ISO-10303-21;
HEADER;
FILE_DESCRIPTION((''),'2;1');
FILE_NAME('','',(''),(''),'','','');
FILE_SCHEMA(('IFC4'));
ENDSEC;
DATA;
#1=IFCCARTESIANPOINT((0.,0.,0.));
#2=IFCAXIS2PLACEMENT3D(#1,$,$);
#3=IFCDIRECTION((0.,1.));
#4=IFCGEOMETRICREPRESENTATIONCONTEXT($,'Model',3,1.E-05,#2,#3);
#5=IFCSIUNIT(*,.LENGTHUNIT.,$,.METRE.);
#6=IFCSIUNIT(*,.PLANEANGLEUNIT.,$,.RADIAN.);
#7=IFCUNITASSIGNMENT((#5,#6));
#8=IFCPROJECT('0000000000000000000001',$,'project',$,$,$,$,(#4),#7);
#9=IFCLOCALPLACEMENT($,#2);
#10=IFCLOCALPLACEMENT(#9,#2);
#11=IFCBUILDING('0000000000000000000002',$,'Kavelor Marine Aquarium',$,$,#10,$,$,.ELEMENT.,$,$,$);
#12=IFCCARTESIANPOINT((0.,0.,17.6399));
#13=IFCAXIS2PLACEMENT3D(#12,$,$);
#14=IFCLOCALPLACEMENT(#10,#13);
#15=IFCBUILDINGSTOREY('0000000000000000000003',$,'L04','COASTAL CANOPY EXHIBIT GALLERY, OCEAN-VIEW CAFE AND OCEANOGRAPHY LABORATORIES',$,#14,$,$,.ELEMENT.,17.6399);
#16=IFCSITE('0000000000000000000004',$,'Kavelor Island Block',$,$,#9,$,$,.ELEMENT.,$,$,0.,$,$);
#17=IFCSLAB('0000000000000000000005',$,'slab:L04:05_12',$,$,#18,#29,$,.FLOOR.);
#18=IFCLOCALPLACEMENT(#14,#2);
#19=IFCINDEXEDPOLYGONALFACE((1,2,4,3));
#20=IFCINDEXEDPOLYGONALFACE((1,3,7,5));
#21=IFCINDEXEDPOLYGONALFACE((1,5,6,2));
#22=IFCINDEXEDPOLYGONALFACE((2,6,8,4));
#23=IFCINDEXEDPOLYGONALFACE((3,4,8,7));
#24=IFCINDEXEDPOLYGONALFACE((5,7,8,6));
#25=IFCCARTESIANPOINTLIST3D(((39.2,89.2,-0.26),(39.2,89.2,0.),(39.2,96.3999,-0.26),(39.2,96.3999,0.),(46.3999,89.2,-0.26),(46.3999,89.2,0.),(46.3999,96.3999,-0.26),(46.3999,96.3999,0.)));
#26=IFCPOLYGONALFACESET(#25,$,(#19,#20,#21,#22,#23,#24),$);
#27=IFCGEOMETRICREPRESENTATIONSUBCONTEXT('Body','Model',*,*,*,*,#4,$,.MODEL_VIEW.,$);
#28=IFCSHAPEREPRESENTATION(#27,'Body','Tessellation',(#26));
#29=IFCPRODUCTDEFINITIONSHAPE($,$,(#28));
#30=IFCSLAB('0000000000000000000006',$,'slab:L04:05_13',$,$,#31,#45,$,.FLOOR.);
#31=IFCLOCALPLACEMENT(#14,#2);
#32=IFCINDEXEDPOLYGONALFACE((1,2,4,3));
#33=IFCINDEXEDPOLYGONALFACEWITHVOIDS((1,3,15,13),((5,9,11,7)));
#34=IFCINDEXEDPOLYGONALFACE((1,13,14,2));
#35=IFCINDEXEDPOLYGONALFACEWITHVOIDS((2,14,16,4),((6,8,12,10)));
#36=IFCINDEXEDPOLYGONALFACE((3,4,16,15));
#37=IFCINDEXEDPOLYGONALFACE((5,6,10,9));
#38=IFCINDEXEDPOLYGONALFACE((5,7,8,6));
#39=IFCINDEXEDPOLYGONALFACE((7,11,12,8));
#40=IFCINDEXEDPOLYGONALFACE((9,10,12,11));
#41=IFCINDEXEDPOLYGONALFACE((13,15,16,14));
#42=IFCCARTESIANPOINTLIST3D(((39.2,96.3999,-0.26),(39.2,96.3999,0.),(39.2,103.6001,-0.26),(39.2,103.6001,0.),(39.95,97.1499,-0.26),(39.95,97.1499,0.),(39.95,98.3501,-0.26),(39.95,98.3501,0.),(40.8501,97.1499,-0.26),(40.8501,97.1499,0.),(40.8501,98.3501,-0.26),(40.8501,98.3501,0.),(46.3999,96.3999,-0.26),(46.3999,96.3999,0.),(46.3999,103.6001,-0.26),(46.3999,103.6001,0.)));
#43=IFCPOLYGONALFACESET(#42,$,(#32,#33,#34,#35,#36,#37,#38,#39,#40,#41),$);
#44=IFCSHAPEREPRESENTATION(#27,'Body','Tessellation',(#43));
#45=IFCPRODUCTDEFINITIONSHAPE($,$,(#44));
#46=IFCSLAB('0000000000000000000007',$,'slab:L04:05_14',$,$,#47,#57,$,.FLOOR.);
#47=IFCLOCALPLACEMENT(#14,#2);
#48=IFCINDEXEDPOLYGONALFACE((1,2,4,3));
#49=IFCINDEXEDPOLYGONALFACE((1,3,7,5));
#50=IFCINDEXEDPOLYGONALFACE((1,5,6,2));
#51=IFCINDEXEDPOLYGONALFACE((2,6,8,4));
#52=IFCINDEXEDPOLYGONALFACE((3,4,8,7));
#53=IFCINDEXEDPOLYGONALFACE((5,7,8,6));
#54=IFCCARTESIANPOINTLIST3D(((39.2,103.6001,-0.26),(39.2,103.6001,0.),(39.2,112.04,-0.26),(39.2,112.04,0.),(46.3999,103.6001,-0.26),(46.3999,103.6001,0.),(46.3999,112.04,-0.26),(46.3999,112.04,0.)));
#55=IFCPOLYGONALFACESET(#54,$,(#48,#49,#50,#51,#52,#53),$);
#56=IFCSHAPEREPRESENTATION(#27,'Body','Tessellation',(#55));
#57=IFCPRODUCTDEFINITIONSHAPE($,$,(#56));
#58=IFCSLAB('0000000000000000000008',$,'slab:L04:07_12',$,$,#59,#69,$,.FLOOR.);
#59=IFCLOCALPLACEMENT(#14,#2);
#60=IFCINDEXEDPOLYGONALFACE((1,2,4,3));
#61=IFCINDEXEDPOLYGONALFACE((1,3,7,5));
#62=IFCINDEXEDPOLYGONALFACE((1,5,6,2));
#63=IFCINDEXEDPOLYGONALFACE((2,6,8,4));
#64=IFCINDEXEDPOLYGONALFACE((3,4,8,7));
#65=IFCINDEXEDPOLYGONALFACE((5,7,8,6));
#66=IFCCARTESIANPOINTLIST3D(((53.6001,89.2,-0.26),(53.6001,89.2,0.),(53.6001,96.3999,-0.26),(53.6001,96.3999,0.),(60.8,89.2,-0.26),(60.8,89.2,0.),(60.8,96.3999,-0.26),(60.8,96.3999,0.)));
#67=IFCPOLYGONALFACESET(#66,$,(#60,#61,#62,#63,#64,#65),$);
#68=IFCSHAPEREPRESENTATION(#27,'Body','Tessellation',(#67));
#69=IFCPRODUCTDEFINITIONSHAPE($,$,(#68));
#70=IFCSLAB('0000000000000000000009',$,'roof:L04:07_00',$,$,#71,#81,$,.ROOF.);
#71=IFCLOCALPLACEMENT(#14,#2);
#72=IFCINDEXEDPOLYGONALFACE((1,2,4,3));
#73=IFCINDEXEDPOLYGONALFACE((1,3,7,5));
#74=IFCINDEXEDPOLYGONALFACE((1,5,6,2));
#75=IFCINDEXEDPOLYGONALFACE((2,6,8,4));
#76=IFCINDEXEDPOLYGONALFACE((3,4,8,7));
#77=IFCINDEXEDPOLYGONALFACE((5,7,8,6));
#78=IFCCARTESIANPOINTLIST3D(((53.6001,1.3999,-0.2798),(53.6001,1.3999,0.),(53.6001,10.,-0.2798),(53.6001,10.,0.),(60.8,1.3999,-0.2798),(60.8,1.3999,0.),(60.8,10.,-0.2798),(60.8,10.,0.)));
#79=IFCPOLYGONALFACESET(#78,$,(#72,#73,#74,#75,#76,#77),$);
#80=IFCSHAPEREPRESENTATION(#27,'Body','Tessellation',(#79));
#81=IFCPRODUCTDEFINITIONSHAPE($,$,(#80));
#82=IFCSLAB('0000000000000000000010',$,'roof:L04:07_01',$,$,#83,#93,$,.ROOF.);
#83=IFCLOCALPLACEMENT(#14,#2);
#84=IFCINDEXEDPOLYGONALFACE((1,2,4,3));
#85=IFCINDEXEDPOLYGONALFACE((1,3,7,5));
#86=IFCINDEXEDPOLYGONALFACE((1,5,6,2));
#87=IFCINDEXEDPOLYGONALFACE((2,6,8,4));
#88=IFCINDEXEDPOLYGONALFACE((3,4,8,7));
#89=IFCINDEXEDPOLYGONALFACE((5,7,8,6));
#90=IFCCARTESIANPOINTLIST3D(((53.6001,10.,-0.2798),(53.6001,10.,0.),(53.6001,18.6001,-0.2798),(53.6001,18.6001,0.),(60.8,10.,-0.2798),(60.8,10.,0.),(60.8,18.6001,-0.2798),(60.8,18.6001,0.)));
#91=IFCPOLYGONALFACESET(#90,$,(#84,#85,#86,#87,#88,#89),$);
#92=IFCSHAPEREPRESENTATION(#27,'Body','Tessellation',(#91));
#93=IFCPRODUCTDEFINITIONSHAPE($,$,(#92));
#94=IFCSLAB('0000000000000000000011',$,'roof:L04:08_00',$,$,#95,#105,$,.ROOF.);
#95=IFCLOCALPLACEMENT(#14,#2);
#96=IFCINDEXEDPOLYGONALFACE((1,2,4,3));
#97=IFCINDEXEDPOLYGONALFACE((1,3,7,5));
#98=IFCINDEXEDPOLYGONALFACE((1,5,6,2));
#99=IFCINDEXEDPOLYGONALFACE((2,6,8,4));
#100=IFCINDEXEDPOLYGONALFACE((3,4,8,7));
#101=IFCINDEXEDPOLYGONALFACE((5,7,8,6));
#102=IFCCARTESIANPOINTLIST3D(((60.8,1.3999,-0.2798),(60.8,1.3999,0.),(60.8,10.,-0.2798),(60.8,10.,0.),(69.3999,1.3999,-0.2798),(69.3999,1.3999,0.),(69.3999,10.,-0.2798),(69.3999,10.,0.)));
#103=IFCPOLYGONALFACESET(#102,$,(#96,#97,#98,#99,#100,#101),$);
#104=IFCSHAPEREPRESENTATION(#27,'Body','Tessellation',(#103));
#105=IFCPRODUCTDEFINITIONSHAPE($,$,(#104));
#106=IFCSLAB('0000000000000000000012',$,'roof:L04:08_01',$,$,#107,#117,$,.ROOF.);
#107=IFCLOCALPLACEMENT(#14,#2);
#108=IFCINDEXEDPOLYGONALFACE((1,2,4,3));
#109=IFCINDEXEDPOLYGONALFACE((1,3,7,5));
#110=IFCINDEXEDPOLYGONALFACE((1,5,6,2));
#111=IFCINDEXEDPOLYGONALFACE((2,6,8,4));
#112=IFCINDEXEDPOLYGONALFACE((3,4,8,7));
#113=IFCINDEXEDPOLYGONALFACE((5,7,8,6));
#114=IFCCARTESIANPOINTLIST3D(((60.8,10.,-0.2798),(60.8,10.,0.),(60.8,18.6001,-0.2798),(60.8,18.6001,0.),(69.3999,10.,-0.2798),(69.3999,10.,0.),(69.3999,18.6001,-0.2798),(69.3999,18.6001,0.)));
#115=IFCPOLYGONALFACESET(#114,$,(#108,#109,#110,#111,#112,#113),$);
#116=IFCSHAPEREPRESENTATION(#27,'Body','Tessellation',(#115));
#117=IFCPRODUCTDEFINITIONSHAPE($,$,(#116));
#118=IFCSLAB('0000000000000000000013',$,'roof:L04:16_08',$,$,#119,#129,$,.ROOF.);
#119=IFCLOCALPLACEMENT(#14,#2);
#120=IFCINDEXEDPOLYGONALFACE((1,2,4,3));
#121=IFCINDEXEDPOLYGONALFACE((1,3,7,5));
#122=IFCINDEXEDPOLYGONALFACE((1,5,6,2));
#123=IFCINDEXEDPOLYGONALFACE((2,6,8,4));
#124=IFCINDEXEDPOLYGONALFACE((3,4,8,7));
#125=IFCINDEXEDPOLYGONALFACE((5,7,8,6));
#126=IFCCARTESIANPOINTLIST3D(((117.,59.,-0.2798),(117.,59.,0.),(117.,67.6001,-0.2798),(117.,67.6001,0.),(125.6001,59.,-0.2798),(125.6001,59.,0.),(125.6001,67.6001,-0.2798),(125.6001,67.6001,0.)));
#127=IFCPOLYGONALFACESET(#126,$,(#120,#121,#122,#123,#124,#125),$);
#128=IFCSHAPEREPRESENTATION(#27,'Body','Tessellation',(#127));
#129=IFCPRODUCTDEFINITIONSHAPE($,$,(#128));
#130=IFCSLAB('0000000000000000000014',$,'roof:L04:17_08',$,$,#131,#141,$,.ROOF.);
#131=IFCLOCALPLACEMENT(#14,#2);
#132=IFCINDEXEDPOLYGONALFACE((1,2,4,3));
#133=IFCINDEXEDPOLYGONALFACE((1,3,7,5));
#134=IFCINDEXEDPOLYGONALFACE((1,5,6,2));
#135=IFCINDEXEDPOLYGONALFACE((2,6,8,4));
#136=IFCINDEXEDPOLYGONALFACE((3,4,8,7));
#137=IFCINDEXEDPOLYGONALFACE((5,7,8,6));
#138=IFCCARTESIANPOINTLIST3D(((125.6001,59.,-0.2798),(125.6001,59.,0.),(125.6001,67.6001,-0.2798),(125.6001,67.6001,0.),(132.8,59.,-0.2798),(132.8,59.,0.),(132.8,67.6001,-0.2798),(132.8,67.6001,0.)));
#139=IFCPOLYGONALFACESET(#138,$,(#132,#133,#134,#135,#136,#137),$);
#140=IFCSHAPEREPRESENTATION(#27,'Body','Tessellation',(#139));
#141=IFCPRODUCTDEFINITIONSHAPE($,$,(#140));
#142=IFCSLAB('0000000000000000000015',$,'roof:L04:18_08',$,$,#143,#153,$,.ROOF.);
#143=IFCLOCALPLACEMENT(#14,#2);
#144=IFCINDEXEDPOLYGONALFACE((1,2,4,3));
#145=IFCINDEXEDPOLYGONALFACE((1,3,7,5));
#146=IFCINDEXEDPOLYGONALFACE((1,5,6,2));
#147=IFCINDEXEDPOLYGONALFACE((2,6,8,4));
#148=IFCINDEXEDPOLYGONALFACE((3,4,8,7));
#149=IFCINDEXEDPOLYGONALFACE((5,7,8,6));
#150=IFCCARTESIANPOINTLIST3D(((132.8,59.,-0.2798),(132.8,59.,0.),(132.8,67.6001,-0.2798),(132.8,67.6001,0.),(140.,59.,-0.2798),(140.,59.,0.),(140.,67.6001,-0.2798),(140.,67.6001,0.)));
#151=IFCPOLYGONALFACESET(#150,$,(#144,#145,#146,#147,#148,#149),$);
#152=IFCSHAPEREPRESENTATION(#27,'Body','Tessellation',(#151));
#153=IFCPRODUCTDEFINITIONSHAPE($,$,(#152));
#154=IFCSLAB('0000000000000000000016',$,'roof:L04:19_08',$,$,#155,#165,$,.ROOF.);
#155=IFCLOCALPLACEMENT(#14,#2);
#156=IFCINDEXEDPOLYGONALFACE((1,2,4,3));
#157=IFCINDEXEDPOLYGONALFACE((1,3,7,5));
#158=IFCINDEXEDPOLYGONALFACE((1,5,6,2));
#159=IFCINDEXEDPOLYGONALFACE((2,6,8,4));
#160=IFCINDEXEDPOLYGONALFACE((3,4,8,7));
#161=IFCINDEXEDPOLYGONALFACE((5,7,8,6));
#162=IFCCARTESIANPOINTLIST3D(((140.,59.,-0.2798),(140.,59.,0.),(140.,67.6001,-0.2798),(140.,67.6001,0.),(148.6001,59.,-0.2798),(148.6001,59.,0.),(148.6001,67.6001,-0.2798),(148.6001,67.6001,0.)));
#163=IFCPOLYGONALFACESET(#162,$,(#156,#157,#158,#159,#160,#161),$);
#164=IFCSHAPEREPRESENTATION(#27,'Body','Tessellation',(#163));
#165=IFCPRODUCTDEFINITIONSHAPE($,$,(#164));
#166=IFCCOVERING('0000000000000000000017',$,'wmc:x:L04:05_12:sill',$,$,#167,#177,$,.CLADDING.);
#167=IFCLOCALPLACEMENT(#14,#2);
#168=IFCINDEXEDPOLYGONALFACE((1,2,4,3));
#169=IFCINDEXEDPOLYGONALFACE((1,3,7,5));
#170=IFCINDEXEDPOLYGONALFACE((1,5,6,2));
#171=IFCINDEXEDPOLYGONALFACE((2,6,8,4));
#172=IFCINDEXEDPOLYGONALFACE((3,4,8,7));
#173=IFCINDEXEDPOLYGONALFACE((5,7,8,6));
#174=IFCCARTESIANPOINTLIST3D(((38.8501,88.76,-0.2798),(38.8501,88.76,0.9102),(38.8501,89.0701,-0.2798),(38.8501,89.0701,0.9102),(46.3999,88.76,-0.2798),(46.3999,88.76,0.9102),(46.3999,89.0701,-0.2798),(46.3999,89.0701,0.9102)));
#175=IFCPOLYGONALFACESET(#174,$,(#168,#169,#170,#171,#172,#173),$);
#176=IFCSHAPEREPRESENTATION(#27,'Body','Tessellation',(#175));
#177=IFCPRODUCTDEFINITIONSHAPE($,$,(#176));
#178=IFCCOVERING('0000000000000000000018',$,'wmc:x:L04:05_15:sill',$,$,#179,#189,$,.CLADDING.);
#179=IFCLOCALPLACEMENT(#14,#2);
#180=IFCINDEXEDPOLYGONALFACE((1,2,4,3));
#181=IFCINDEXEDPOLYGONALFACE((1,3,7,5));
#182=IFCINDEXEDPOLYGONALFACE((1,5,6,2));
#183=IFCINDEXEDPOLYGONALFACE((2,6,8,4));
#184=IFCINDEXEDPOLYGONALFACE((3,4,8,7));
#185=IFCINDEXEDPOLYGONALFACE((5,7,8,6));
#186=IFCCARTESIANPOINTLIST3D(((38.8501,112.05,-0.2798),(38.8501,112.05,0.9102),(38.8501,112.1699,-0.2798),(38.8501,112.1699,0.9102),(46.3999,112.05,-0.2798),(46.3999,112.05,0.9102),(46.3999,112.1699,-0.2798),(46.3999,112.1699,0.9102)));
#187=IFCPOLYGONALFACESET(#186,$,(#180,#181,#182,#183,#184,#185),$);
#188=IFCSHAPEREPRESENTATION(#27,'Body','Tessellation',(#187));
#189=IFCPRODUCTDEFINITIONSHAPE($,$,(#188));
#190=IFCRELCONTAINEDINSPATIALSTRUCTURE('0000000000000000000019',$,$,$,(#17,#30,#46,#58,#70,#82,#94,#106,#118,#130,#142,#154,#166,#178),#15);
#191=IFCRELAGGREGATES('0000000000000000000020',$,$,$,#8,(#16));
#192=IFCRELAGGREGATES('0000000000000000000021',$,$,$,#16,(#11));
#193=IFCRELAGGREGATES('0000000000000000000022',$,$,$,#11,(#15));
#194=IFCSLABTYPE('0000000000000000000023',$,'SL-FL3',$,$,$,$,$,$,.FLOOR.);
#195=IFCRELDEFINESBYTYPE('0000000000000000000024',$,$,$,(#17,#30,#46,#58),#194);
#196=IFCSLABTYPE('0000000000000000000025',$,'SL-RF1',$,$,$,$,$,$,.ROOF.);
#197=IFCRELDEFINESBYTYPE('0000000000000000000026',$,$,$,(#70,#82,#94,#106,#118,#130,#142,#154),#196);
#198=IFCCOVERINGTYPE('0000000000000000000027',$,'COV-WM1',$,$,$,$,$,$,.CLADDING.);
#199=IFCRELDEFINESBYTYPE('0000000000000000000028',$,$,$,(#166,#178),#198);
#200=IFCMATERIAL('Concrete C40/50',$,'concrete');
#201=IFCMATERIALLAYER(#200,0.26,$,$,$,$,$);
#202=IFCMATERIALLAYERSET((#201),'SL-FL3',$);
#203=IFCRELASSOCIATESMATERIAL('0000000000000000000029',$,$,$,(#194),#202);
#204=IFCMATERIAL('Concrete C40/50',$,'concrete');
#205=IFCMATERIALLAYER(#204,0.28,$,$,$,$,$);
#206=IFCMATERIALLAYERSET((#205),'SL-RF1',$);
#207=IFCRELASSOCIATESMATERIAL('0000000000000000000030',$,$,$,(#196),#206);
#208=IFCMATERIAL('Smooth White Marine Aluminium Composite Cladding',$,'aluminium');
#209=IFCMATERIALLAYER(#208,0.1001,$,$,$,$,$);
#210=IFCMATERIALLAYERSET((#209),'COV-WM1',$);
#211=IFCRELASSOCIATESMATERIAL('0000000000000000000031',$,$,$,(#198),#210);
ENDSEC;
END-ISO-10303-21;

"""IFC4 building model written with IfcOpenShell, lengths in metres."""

from ifc_helpers import new_model, si_unit, direction, frame, origin, place, context, subcontext, project, spatial, polyline, outline, extrude, material, layer, layer_set, type_object, element, save


model = new_model("IFC4")

# Units and contexts
model_context = context("Model", 3, precision=1e-05, world=origin(), true_north=direction((0.0, 1.0)))
body_context = subcontext(model_context, "Body", "Model", "MODEL_VIEW")
ifc_project = project(units=[si_unit("LENGTHUNIT", "METRE"), si_unit("PLANEANGLEUNIT", "RADIAN")], contexts=[model_context])

# Site, building, storey
site_placement = place(None, origin())
site = spatial("IfcSite", under=ifc_project, at=site_placement, Name="Kavelor Island Block", CompositionType="ELEMENT", RefElevation=0.0)
building_placement = place(site_placement, origin())
building = spatial("IfcBuilding", under=site, at=building_placement, Name="Kavelor Marine Aquarium", CompositionType="ELEMENT")
storey_placement = place(building_placement, frame((0.0, 0.0, 17.6399)))
storey = spatial("IfcBuildingStorey", under=building, at=storey_placement, Name="L04", Description="COASTAL CANOPY EXHIBIT GALLERY, OCEAN-VIEW CAFE AND OCEANOGRAPHY LABORATORIES", CompositionType="ELEMENT", Elevation=17.6399)

# Slabs
ifc_material_1 = material(Name="Concrete C40/50", Category="concrete")
ifc_layer_1 = layer(ifc_material_1, 0.26)
ifc_layer_set_1 = layer_set([ifc_layer_1], Name="SL-FL3")
slab_type_1 = type_object("IfcSlabType", Name="SL-FL3", PredefinedType="FLOOR", material=ifc_layer_set_1)
slab_1_placement = place(storey_placement, frame((0.0, 0.0, -0.26)))
element("IfcSlab", 1, at=slab_1_placement, inside=storey, type_object=slab_type_1, Name="slab:L04:05_12", PredefinedType="FLOOR", context=body_context, shape_type="SweptSolid", body=[
    extrude(outline(polyline([(39.2, 89.2), (46.3999, 89.2), (46.3999, 96.3999), (39.2, 96.3999), (39.2, 89.2)])), origin(), (0.0, 0.0, 1.0), 0.26),
])
slab_2_placement = place(storey_placement, frame((0.0, 0.0, -0.26)))
element("IfcSlab", 2, at=slab_2_placement, inside=storey, type_object=slab_type_1, Name="slab:L04:05_13", PredefinedType="FLOOR", context=body_context, shape_type="SweptSolid", body=[
    extrude(outline(polyline([(39.2, 96.3999), (46.3999, 96.3999), (46.3999, 103.6001), (39.2, 103.6001), (39.2, 96.3999)]), holes=[polyline([(39.95, 97.1499), (40.8501, 97.1499), (40.8501, 98.3501), (39.95, 98.3501), (39.95, 97.1499)])]), origin(), (0.0, 0.0, 1.0), 0.26),
])
slab_3_placement = place(storey_placement, frame((0.0, 0.0, -0.26)))
element("IfcSlab", 3, at=slab_3_placement, inside=storey, type_object=slab_type_1, Name="slab:L04:05_14", PredefinedType="FLOOR", context=body_context, shape_type="SweptSolid", body=[
    extrude(outline(polyline([(39.2, 103.6001), (46.3999, 103.6001), (46.3999, 112.04), (39.2, 112.04), (39.2, 103.6001)])), origin(), (0.0, 0.0, 1.0), 0.26),
])
slab_4_placement = place(storey_placement, frame((0.0, 0.0, -0.26)))
element("IfcSlab", 4, at=slab_4_placement, inside=storey, type_object=slab_type_1, Name="slab:L04:07_12", PredefinedType="FLOOR", context=body_context, shape_type="SweptSolid", body=[
    extrude(outline(polyline([(53.6001, 89.2), (60.8, 89.2), (60.8, 96.3999), (53.6001, 96.3999), (53.6001, 89.2)])), origin(), (0.0, 0.0, 1.0), 0.26),
])
ifc_material_2 = material(Name="Concrete C40/50", Category="concrete")
ifc_layer_2 = layer(ifc_material_2, 0.28)
ifc_layer_set_2 = layer_set([ifc_layer_2], Name="SL-RF1")
slab_type_2 = type_object("IfcSlabType", Name="SL-RF1", PredefinedType="ROOF", material=ifc_layer_set_2)
slab_5_placement = place(storey_placement, frame((0.0, 0.0, -0.2798)))
element("IfcSlab", 5, at=slab_5_placement, inside=storey, type_object=slab_type_2, Name="roof:L04:07_00", PredefinedType="ROOF", context=body_context, shape_type="SweptSolid", body=[
    extrude(outline(polyline([(53.6001, 1.3999), (60.8, 1.3999), (60.8, 10.0), (53.6001, 10.0), (53.6001, 1.3999)])), origin(), (0.0, 0.0, 1.0), 0.2798),
])
slab_6_placement = place(storey_placement, frame((0.0, 0.0, -0.2798)))
element("IfcSlab", 6, at=slab_6_placement, inside=storey, type_object=slab_type_2, Name="roof:L04:07_01", PredefinedType="ROOF", context=body_context, shape_type="SweptSolid", body=[
    extrude(outline(polyline([(53.6001, 10.0), (60.8, 10.0), (60.8, 18.6001), (53.6001, 18.6001), (53.6001, 10.0)])), origin(), (0.0, 0.0, 1.0), 0.2798),
])
slab_7_placement = place(storey_placement, frame((0.0, 0.0, -0.2798)))
element("IfcSlab", 7, at=slab_7_placement, inside=storey, type_object=slab_type_2, Name="roof:L04:08_00", PredefinedType="ROOF", context=body_context, shape_type="SweptSolid", body=[
    extrude(outline(polyline([(60.8, 1.3999), (69.3999, 1.3999), (69.3999, 10.0), (60.8, 10.0), (60.8, 1.3999)])), origin(), (0.0, 0.0, 1.0), 0.2798),
])
slab_8_placement = place(storey_placement, frame((0.0, 0.0, -0.2798)))
element("IfcSlab", 8, at=slab_8_placement, inside=storey, type_object=slab_type_2, Name="roof:L04:08_01", PredefinedType="ROOF", context=body_context, shape_type="SweptSolid", body=[
    extrude(outline(polyline([(60.8, 10.0), (69.3999, 10.0), (69.3999, 18.6001), (60.8, 18.6001), (60.8, 10.0)])), origin(), (0.0, 0.0, 1.0), 0.2798),
])
slab_9_placement = place(storey_placement, frame((0.0, 0.0, -0.2798)))
element("IfcSlab", 9, at=slab_9_placement, inside=storey, type_object=slab_type_2, Name="roof:L04:16_08", PredefinedType="ROOF", context=body_context, shape_type="SweptSolid", body=[
    extrude(outline(polyline([(117.0, 59.0), (125.6001, 59.0), (125.6001, 67.6001), (117.0, 67.6001), (117.0, 59.0)])), origin(), (0.0, 0.0, 1.0), 0.2798),
])
slab_10_placement = place(storey_placement, frame((0.0, 0.0, -0.2798)))
element("IfcSlab", 10, at=slab_10_placement, inside=storey, type_object=slab_type_2, Name="roof:L04:17_08", PredefinedType="ROOF", context=body_context, shape_type="SweptSolid", body=[
    extrude(outline(polyline([(125.6001, 59.0), (132.8, 59.0), (132.8, 67.6001), (125.6001, 67.6001), (125.6001, 59.0)])), origin(), (0.0, 0.0, 1.0), 0.2798),
])
slab_11_placement = place(storey_placement, frame((0.0, 0.0, -0.2798)))
element("IfcSlab", 11, at=slab_11_placement, inside=storey, type_object=slab_type_2, Name="roof:L04:18_08", PredefinedType="ROOF", context=body_context, shape_type="SweptSolid", body=[
    extrude(outline(polyline([(132.8, 59.0), (140.0, 59.0), (140.0, 67.6001), (132.8, 67.6001), (132.8, 59.0)])), origin(), (0.0, 0.0, 1.0), 0.2798),
])
slab_12_placement = place(storey_placement, frame((0.0, 0.0, -0.2798)))
element("IfcSlab", 12, at=slab_12_placement, inside=storey, type_object=slab_type_2, Name="roof:L04:19_08", PredefinedType="ROOF", context=body_context, shape_type="SweptSolid", body=[
    extrude(outline(polyline([(140.0, 59.0), (148.6001, 59.0), (148.6001, 67.6001), (140.0, 67.6001), (140.0, 59.0)])), origin(), (0.0, 0.0, 1.0), 0.2798),
])

# Coverings
ifc_material_3 = material(Name="Smooth White Marine Aluminium Composite Cladding", Category="aluminium")
ifc_layer_3 = layer(ifc_material_3, 0.1001)
ifc_layer_set_3 = layer_set([ifc_layer_3], Name="COV-WM1")
covering_type = type_object("IfcCoveringType", Name="COV-WM1", PredefinedType="CLADDING", material=ifc_layer_set_3)
covering_1_placement = place(storey_placement, frame((0.0, 0.0, -0.2798)))
element("IfcCovering", 13, at=covering_1_placement, inside=storey, type_object=covering_type, Name="wmc:x:L04:05_12:sill", PredefinedType="CLADDING", context=body_context, shape_type="SweptSolid", body=[
    extrude(outline(polyline([(38.8501, 88.76), (46.3999, 88.76), (46.3999, 89.0701), (38.8501, 89.0701), (38.8501, 88.76)])), origin(), (0.0, 0.0, 1.0), 1.1899),
])
covering_2_placement = place(storey_placement, frame((0.0, 0.0, -0.2798)))
element("IfcCovering", 14, at=covering_2_placement, inside=storey, type_object=covering_type, Name="wmc:x:L04:05_15:sill", PredefinedType="CLADDING", context=body_context, shape_type="SweptSolid", body=[
    extrude(outline(polyline([(38.8501, 112.05), (46.3999, 112.05), (46.3999, 112.1699), (38.8501, 112.1699), (38.8501, 112.05)])), origin(), (0.0, 0.0, 1.0), 1.1899),
])

save(model, "model.ifc")
